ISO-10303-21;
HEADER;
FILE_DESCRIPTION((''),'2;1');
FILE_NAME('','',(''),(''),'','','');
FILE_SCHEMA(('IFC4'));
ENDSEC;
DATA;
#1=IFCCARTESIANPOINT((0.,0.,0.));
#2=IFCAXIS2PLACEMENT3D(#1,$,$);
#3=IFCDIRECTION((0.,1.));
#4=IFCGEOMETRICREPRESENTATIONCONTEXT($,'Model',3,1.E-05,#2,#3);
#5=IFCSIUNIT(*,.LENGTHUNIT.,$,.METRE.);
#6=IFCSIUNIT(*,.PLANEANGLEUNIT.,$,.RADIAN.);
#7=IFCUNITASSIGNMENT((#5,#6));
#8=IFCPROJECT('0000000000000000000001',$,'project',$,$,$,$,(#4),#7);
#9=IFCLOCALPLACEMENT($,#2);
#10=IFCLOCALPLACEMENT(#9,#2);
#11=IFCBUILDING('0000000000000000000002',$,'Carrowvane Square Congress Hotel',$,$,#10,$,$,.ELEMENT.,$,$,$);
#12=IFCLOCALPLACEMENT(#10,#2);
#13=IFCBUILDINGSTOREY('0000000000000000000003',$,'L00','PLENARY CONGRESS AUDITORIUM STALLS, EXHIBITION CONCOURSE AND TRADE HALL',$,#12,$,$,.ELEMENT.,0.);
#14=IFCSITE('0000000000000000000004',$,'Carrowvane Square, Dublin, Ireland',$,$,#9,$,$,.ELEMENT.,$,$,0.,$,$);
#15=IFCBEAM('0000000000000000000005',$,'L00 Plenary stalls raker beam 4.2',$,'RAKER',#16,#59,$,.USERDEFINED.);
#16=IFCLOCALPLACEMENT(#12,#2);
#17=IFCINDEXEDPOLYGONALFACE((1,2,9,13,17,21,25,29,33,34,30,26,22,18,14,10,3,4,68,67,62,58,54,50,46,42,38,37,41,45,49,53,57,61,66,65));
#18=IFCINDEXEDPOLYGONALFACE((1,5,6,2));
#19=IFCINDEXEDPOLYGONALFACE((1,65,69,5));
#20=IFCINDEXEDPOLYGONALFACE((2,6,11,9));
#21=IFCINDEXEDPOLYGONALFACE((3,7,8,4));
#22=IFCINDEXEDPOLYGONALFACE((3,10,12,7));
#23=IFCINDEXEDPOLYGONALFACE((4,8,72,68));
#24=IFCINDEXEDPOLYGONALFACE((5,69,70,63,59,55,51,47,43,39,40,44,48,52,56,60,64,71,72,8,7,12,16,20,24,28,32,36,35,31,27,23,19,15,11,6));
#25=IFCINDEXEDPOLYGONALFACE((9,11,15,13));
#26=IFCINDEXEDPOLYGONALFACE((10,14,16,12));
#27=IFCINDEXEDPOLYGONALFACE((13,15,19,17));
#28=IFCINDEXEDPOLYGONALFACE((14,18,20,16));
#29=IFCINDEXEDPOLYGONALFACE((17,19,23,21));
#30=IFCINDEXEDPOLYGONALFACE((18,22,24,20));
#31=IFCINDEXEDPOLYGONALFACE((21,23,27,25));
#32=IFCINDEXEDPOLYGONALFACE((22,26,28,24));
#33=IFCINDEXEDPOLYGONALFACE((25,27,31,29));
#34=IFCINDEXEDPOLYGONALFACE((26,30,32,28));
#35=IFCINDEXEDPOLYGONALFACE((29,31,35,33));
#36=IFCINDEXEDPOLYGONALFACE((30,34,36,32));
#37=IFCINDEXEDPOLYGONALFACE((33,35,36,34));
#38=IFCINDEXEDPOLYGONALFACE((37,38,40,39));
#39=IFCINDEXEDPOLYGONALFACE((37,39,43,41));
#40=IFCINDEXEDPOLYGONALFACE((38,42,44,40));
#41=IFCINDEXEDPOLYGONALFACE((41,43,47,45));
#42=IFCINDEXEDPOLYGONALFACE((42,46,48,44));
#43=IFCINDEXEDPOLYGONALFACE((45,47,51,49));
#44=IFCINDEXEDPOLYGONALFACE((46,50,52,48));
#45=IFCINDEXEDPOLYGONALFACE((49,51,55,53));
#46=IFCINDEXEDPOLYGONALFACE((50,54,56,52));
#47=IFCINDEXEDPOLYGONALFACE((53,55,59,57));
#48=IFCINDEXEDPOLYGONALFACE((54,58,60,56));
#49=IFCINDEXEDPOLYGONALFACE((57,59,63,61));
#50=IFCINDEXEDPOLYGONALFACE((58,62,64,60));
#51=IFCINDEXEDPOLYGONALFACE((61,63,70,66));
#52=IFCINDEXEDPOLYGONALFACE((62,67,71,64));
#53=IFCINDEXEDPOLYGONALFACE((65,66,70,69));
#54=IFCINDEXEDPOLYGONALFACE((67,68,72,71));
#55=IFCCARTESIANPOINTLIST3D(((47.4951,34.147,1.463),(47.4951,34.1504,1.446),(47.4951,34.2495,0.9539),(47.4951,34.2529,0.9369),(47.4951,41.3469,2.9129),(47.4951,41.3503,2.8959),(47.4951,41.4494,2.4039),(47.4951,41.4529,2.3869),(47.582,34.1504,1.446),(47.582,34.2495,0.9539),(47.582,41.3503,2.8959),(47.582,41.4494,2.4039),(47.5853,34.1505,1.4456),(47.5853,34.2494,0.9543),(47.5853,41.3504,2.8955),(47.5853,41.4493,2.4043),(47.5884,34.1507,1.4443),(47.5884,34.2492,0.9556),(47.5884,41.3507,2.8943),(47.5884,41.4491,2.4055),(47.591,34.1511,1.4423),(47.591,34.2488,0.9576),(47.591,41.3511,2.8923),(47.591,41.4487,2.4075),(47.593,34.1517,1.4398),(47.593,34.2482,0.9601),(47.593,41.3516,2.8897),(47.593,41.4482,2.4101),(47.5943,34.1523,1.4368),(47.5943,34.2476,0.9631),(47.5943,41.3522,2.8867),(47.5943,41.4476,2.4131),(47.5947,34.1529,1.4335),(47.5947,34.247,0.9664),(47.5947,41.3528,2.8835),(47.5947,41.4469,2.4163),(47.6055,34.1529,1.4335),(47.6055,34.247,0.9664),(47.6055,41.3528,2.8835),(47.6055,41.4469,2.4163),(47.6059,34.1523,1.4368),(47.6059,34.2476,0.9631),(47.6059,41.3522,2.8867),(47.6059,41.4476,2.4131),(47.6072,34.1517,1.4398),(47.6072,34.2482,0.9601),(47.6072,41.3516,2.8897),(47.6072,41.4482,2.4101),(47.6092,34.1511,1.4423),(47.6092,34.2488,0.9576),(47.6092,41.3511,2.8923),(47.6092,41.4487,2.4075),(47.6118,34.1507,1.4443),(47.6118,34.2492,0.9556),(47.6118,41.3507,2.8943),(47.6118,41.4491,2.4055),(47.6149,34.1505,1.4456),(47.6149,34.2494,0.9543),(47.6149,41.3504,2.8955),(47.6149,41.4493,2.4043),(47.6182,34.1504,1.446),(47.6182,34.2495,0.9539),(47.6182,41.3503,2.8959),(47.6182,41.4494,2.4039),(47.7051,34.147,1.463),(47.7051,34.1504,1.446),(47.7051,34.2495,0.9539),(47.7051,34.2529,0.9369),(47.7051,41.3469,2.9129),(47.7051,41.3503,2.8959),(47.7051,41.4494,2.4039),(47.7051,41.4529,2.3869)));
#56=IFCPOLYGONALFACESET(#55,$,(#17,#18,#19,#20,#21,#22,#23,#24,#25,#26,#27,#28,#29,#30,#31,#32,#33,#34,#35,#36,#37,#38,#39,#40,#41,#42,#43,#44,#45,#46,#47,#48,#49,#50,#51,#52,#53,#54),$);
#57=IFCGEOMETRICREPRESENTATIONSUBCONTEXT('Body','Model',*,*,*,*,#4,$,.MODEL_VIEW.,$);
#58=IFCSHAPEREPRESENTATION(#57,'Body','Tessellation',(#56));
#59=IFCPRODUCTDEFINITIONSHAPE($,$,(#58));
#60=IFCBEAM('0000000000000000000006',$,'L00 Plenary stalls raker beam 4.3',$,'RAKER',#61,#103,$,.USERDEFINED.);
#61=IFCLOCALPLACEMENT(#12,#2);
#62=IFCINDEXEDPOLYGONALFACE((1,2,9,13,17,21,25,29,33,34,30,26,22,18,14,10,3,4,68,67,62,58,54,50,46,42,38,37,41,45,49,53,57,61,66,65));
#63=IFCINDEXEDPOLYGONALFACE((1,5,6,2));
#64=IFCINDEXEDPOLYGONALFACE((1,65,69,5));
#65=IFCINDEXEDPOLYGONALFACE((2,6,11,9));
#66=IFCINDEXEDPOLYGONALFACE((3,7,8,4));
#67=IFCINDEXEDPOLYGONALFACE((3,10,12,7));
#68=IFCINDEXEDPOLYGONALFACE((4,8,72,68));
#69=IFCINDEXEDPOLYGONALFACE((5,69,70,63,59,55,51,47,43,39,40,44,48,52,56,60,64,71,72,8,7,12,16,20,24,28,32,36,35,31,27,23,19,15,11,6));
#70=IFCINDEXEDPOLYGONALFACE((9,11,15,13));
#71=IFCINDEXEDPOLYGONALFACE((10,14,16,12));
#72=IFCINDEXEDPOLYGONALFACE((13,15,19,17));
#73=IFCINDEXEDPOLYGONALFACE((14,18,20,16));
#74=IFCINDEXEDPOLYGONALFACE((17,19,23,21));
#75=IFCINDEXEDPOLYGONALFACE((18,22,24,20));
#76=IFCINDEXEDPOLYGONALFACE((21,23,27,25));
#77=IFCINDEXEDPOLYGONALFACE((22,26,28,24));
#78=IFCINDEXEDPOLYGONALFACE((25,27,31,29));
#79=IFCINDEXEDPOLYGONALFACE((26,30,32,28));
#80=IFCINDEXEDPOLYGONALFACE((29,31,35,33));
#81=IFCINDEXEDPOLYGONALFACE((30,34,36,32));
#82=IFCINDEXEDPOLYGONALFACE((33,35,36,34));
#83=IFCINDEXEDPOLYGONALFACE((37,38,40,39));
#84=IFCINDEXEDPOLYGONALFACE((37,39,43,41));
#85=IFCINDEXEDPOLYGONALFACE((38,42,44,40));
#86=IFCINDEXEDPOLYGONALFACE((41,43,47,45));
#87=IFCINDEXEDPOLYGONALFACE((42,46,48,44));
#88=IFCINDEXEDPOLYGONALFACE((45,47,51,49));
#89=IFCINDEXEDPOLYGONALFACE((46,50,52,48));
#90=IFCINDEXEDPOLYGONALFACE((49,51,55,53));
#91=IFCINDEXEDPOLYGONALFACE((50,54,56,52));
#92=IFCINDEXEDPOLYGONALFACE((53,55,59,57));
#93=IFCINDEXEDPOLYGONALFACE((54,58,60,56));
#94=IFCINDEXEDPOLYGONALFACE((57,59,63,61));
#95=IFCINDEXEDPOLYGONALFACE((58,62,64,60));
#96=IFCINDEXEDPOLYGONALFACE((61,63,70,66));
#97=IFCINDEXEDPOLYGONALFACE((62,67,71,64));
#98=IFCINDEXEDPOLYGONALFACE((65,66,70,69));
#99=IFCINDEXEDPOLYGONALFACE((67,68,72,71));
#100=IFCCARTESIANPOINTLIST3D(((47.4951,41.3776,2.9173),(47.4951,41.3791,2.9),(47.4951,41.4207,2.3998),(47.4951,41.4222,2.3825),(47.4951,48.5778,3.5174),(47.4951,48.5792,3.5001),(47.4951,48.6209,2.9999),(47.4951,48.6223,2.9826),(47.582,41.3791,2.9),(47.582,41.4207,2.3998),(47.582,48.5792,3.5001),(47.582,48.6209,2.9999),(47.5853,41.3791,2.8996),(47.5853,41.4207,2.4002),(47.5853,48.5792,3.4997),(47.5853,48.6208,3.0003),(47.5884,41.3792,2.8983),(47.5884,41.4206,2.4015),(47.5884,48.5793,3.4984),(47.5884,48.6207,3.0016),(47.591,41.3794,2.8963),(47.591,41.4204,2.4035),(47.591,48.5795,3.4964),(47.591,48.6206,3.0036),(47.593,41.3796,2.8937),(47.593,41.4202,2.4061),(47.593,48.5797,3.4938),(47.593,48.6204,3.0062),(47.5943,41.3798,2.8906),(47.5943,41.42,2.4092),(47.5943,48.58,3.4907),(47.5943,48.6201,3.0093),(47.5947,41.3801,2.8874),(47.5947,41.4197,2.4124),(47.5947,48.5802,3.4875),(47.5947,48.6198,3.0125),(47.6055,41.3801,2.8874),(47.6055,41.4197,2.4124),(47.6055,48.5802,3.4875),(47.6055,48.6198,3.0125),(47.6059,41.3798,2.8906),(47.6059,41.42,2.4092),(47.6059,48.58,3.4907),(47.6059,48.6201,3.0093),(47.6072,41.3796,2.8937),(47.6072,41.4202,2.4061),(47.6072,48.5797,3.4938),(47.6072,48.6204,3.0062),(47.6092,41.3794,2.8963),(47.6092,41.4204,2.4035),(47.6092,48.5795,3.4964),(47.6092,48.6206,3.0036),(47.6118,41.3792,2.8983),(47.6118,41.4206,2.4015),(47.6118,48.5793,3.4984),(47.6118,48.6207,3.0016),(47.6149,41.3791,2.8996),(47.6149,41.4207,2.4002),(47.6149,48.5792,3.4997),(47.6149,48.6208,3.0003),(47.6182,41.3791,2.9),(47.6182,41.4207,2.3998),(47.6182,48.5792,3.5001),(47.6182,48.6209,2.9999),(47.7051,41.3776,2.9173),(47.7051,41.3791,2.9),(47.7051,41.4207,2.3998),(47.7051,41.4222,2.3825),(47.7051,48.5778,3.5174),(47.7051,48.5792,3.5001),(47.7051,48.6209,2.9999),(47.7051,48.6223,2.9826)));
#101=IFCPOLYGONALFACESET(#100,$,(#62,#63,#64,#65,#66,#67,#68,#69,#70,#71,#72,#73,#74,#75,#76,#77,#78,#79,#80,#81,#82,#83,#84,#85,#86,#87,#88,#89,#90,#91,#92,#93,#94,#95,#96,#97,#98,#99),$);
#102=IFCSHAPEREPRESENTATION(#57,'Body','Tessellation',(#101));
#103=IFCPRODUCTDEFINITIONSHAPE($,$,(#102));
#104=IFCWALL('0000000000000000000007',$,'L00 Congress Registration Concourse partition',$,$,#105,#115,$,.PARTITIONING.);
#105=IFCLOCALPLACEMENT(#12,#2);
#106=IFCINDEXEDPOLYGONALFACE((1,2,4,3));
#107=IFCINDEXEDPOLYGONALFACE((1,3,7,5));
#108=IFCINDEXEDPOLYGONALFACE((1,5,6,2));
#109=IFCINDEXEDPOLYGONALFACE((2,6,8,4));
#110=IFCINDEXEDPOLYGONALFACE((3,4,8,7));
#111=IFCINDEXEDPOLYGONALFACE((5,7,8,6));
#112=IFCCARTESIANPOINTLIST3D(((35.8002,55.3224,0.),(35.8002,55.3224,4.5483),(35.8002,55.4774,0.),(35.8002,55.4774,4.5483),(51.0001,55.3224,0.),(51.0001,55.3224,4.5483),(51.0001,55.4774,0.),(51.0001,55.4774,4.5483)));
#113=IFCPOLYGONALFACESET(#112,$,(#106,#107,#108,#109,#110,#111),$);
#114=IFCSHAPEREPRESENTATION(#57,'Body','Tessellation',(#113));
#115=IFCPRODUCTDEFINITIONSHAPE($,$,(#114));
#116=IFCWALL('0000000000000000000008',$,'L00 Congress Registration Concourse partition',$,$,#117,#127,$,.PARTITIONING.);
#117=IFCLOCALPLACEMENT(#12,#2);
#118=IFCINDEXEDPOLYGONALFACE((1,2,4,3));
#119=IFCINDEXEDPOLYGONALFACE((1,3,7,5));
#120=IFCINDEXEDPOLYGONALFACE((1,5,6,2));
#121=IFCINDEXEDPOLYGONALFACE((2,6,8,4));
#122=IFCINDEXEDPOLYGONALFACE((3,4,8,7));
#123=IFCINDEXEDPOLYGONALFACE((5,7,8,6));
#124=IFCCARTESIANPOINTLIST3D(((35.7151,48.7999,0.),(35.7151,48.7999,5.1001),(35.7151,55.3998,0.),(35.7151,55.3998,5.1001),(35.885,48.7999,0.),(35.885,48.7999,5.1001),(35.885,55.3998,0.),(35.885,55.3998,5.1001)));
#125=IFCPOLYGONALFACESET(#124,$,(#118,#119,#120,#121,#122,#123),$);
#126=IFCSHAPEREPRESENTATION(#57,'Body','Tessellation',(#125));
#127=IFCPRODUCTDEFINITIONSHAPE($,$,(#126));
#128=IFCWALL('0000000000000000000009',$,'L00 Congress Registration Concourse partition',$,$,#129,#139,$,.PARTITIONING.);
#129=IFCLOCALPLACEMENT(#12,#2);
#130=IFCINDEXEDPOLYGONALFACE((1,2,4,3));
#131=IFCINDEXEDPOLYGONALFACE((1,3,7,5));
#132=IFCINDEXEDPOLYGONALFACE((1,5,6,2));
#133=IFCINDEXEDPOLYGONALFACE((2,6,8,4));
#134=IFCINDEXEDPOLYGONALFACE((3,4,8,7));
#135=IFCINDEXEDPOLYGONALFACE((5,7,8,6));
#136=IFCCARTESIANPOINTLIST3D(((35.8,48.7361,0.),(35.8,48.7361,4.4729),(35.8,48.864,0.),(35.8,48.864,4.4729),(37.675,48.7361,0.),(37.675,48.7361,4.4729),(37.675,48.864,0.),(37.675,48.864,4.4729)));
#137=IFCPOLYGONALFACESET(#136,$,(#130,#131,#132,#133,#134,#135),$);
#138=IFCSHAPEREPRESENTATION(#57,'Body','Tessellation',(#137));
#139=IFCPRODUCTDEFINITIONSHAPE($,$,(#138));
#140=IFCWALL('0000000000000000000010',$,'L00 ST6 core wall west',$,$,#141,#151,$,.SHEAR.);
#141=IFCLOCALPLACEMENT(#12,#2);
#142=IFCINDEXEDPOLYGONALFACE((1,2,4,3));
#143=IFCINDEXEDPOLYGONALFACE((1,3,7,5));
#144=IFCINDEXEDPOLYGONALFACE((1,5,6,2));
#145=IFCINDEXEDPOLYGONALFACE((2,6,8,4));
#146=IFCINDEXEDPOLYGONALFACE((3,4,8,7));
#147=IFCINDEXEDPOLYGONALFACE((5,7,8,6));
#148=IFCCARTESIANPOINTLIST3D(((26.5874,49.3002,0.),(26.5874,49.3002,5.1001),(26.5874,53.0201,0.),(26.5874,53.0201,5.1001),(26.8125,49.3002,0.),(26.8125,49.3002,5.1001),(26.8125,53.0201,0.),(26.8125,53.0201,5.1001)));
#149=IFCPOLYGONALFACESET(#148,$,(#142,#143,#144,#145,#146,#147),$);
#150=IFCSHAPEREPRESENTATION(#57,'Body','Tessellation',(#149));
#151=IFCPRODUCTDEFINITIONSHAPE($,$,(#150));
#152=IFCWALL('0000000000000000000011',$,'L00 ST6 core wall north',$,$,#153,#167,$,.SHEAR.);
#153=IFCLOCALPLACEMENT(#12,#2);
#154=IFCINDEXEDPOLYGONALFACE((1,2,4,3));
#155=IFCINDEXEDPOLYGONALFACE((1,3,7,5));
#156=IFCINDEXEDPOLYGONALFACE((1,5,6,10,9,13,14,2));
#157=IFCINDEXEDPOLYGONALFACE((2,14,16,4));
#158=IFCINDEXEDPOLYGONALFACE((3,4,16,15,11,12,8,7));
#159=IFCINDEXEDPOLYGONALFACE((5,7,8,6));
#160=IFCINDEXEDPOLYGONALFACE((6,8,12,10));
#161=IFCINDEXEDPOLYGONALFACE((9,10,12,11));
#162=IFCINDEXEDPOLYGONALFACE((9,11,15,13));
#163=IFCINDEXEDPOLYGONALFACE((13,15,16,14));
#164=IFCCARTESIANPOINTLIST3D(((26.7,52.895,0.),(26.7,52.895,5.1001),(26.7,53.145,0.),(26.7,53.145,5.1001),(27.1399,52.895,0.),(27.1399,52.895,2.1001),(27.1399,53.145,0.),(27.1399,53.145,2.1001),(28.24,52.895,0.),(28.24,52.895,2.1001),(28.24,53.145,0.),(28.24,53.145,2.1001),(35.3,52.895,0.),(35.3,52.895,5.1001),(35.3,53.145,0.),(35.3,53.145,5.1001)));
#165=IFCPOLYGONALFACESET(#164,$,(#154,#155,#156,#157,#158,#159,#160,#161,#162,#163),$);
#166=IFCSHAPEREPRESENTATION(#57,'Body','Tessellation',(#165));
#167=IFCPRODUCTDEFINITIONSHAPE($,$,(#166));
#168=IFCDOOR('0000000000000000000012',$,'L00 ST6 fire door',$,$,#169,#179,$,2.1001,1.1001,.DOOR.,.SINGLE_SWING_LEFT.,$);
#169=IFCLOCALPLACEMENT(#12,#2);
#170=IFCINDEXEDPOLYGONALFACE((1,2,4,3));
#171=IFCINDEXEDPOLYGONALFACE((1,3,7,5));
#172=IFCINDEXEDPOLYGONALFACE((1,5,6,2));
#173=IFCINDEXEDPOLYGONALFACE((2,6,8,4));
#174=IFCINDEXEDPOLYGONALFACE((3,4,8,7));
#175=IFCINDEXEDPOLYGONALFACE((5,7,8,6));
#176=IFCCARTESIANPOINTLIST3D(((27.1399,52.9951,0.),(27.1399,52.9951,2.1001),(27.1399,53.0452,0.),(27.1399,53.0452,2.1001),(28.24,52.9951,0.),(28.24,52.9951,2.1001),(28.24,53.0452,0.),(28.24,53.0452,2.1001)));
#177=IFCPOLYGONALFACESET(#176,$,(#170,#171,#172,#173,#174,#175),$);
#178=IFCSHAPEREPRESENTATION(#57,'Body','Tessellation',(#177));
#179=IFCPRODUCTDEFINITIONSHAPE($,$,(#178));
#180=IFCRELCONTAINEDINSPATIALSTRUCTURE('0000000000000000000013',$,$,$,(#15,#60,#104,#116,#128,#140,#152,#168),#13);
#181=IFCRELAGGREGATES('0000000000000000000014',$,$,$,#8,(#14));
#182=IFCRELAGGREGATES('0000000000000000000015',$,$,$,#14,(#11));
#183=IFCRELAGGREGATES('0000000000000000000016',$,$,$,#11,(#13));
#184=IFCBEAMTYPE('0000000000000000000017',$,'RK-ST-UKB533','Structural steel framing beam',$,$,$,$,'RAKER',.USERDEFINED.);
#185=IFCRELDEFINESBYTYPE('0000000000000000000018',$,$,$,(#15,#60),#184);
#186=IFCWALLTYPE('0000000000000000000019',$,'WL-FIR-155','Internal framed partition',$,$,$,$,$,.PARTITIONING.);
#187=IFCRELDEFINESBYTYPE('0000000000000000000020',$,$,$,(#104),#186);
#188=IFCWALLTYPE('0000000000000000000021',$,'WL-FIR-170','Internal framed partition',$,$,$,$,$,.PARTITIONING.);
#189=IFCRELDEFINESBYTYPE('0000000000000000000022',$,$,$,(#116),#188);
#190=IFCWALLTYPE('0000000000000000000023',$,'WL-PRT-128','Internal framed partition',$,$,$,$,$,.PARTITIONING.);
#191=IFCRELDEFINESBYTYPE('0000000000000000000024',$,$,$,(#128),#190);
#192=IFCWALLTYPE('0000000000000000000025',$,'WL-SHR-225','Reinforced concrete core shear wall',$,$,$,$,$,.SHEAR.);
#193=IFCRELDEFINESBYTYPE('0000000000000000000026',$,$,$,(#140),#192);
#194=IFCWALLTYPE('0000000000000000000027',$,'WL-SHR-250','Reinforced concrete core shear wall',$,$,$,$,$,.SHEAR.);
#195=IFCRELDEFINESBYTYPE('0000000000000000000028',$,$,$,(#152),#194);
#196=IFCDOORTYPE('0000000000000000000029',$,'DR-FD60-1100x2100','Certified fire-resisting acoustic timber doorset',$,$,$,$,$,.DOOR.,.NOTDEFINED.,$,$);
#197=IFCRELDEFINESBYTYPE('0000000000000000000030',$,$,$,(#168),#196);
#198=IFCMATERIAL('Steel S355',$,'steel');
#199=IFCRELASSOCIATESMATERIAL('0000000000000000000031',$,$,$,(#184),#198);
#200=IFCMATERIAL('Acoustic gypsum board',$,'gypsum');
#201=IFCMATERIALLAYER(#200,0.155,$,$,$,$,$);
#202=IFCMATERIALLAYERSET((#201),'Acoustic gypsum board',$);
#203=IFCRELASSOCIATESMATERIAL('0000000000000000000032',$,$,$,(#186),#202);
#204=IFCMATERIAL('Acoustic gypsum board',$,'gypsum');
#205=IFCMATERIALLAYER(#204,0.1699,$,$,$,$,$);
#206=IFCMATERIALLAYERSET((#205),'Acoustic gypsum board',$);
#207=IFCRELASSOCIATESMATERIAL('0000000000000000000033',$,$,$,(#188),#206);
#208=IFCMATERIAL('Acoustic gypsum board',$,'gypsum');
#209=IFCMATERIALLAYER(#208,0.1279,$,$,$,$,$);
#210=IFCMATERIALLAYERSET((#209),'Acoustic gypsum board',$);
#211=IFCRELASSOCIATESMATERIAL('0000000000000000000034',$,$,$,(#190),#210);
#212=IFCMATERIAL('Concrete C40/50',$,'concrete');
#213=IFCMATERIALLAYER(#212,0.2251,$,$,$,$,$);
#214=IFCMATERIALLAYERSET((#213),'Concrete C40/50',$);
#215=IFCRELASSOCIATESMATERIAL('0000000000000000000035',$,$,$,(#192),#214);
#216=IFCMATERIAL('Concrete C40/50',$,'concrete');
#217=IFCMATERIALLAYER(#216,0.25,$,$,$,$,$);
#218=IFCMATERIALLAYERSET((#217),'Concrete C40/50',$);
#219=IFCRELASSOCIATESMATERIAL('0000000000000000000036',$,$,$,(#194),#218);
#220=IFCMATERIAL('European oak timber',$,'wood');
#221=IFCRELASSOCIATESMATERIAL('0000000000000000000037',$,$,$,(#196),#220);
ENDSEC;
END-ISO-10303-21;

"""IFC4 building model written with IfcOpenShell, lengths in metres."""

from ifc_helpers import new_model, si_unit, direction, frame, frame_2d, origin, origin_2d, place, context, subcontext, project, spatial, rectangle, i_section, extrude, material, layer, layer_set, material_profile, profile_set, type_object, element, fill, save


model = new_model("IFC4")

# Units and contexts
model_context = context("Model", 3, precision=1e-05, world=origin(), true_north=direction((0.0, 1.0)))
body_context = subcontext(model_context, "Body", "Model", "MODEL_VIEW")
ifc_project = project(units=[si_unit("LENGTHUNIT", "METRE"), si_unit("PLANEANGLEUNIT", "RADIAN")], contexts=[model_context])

# Site, building, storey
site_placement = place(None, origin())
site = spatial("IfcSite", under=ifc_project, at=site_placement, Name="Carrowvane Square, Dublin, Ireland", CompositionType="ELEMENT", RefElevation=0.0)
building_placement = place(site_placement, origin())
building = spatial("IfcBuilding", under=site, at=building_placement, Name="Carrowvane Square Congress Hotel", CompositionType="ELEMENT")
storey_placement = place(building_placement, origin())
storey = spatial("IfcBuildingStorey", under=building, at=storey_placement, Name="L00", Description="PLENARY CONGRESS AUDITORIUM STALLS, EXHIBITION CONCOURSE AND TRADE HALL", CompositionType="ELEMENT", Elevation=0.0)

# Beams
ifc_material_1 = material(Name="Steel S355", Category="steel")
ifc_material_profile_1 = material_profile(ifc_material_1, i_section(OverallWidth=0.21, OverallDepth=0.5366, WebThickness=0.0107, FlangeThickness=0.0173, FilletRadius=0.0127, at=origin_2d()), Name="UKB 533x210x101")
ifc_profile_set_1 = profile_set([ifc_material_profile_1], Name="Steel S355")
beam_type_1 = type_object("IfcBeamType", Name="RK-ST-UKB533", Description="Structural steel framing beam", ElementType="RAKER", PredefinedType="USERDEFINED", material=ifc_profile_set_1)
beam_1_placement = place(storey_placement, frame((47.6001, 34.2, 1.2), z_axis=(0.0, 0.980319, 0.19742), x_axis=(-1.0, 0.0, 0.0)))
element("IfcBeam", 1, at=beam_1_placement, inside=storey, type_object=beam_type_1, Name="L00 Plenary stalls raker beam 4.2", ObjectType="RAKER", PredefinedType="USERDEFINED", context=body_context, shape_type="SweptSolid", body=[
    extrude(i_section(OverallWidth=0.21, OverallDepth=0.5366, WebThickness=0.0107, FlangeThickness=0.0173, FilletRadius=0.0127, at=origin_2d()), origin(), (0.0, 0.0, 1.0), 7.3445),
])
beam_2_placement = place(storey_placement, frame((47.6001, 41.3999, 2.6499), z_axis=(0.0, 0.996545, 0.083057), x_axis=(-1.0, 0.0, 0.0)))
element("IfcBeam", 2, at=beam_2_placement, inside=storey, type_object=beam_type_1, Name="L00 Plenary stalls raker beam 4.3", ObjectType="RAKER", PredefinedType="USERDEFINED", context=body_context, shape_type="SweptSolid", body=[
    extrude(i_section(OverallWidth=0.21, OverallDepth=0.5366, WebThickness=0.0107, FlangeThickness=0.0173, FilletRadius=0.0127, at=origin_2d()), origin(), (0.0, 0.0, 1.0), 7.2251),
])

# Walls
ifc_material_2 = material(Name="Acoustic gypsum board", Category="gypsum")
ifc_layer_1 = layer(ifc_material_2, 0.155)
ifc_layer_set_1 = layer_set([ifc_layer_1], Name="Acoustic gypsum board")
wall_type_1 = type_object("IfcWallType", Name="WL-FIR-155", Description="Internal framed partition", PredefinedType="PARTITIONING", material=ifc_layer_set_1)
wall_1_placement = place(storey_placement, frame((35.8, 55.3999, 0.0), z_axis=(0.0, 0.0, 1.0), x_axis=(1.0, 0.0, 0.0)))
element("IfcWall", 3, at=wall_1_placement, inside=storey, type_object=wall_type_1, Name="L00 Congress Registration Concourse partition", PredefinedType="PARTITIONING", context=body_context, shape_type="SweptSolid", body=[
    extrude(rectangle(XDim=15.2, YDim=0.155, at=frame_2d((7.6001, 0.0))), origin(), (0.0, 0.0, 1.0), 4.5483),
])
ifc_material_3 = material(Name="Acoustic gypsum board", Category="gypsum")
ifc_layer_2 = layer(ifc_material_3, 0.1699)
ifc_layer_set_2 = layer_set([ifc_layer_2], Name="Acoustic gypsum board")
wall_type_2 = type_object("IfcWallType", Name="WL-FIR-170", Description="Internal framed partition", PredefinedType="PARTITIONING", material=ifc_layer_set_2)
wall_2_placement = place(storey_placement, frame((35.8, 48.8, 0.0), z_axis=(0.0, 0.0, 1.0), x_axis=(0.0, 1.0, 0.0)))
element("IfcWall", 4, at=wall_2_placement, inside=storey, type_object=wall_type_2, Name="L00 Congress Registration Concourse partition", PredefinedType="PARTITIONING", context=body_context, shape_type="SweptSolid", body=[
    extrude(rectangle(XDim=6.5999, YDim=0.1699, at=frame_2d((3.2998, 0.0))), origin(), (0.0, 0.0, 1.0), 5.1001),
])
ifc_material_4 = material(Name="Acoustic gypsum board", Category="gypsum")
ifc_layer_3 = layer(ifc_material_4, 0.1279)
ifc_layer_set_3 = layer_set([ifc_layer_3], Name="Acoustic gypsum board")
wall_type_3 = type_object("IfcWallType", Name="WL-PRT-128", Description="Internal framed partition", PredefinedType="PARTITIONING", material=ifc_layer_set_3)
wall_3_placement = place(storey_placement, frame((37.675, 48.8, 0.0), z_axis=(0.0, 0.0, 1.0), x_axis=(-1.0, 0.0, 0.0)))
element("IfcWall", 5, at=wall_3_placement, inside=storey, type_object=wall_type_3, Name="L00 Congress Registration Concourse partition", PredefinedType="PARTITIONING", context=body_context, shape_type="SweptSolid", body=[
    extrude(rectangle(XDim=1.875, YDim=0.1279, at=frame_2d((0.9375, 0.0))), origin(), (0.0, 0.0, 1.0), 4.4729),
])
ifc_material_5 = material(Name="Concrete C40/50", Category="concrete")
ifc_layer_4 = layer(ifc_material_5, 0.2251)
ifc_layer_set_4 = layer_set([ifc_layer_4], Name="Concrete C40/50")
wall_type_4 = type_object("IfcWallType", Name="WL-SHR-225", Description="Reinforced concrete core shear wall", PredefinedType="SHEAR", material=ifc_layer_set_4)
wall_4_placement = place(storey_placement, frame((26.7, 53.02, 0.0), z_axis=(0.0, 0.0, 1.0), x_axis=(0.0, -1.0, 0.0)))
element("IfcWall", 6, at=wall_4_placement, inside=storey, type_object=wall_type_4, Name="L00 ST6 core wall west", PredefinedType="SHEAR", context=body_context, shape_type="SweptSolid", body=[
    extrude(rectangle(XDim=3.72, YDim=0.2251, at=frame_2d((1.8599, 0.0))), origin(), (0.0, 0.0, 1.0), 5.1001),
])

# Wall, opening, door
ifc_material_6 = material(Name="Concrete C40/50", Category="concrete")
ifc_layer_5 = layer(ifc_material_6, 0.25)
ifc_layer_set_5 = layer_set([ifc_layer_5], Name="Concrete C40/50")
wall_type_5 = type_object("IfcWallType", Name="WL-SHR-250", Description="Reinforced concrete core shear wall", PredefinedType="SHEAR", material=ifc_layer_set_5)
wall_5_placement = place(storey_placement, frame((35.3, 53.02, 0.0), z_axis=(0.0, 0.0, 1.0), x_axis=(-1.0, 0.0, 0.0)))
wall_5 = element("IfcWall", 7, at=wall_5_placement, inside=storey, type_object=wall_type_5, Name="L00 ST6 core wall north", PredefinedType="SHEAR", context=body_context, shape_type="SweptSolid", body=[
    extrude(rectangle(XDim=8.6001, YDim=0.25, at=frame_2d((4.3, 0.0))), origin(), (0.0, 0.0, 1.0), 5.1001),
])
opening_placement = place(wall_5_placement, frame((7.0601, 0.0, 0.0)))
opening = element("IfcOpeningElement", 8, at=opening_placement, cuts=wall_5, PredefinedType="OPENING", context=body_context, shape_type="SweptSolid", body=[
    extrude(rectangle(XDim=1.1001, YDim=2.1001, at=frame_2d((0.55, 1.05))), frame((0.0, 0.135, 0.0), z_axis=(0.0, -1.0, 0.0), x_axis=(1.0, 0.0, 0.0)), (0.0, 0.0, 1.0), 0.27),
])
ifc_material_7 = material(Name="European oak timber", Category="wood")
door_type = type_object("IfcDoorType", Name="DR-FD60-1100x2100", Description="Certified fire-resisting acoustic timber doorset", OperationType="NOTDEFINED", PredefinedType="DOOR", material=ifc_material_7)
door_placement = place(opening_placement, origin())
door = element("IfcDoor", 9, at=door_placement, inside=storey, type_object=door_type, Name="L00 ST6 fire door", OperationType="SINGLE_SWING_LEFT", OverallHeight=2.1001, OverallWidth=1.1001, PredefinedType="DOOR", context=body_context, shape_type="SweptSolid", body=[
    extrude(rectangle(XDim=1.1001, YDim=2.1001, at=frame_2d((0.55, 1.05))), frame((0.0, 0.0249, 0.0), z_axis=(0.0, -1.0, 0.0), x_axis=(1.0, 0.0, 0.0)), (0.0, 0.0, 1.0), 0.05),
])
fill(opening, door)

save(model, "model.ifc")
